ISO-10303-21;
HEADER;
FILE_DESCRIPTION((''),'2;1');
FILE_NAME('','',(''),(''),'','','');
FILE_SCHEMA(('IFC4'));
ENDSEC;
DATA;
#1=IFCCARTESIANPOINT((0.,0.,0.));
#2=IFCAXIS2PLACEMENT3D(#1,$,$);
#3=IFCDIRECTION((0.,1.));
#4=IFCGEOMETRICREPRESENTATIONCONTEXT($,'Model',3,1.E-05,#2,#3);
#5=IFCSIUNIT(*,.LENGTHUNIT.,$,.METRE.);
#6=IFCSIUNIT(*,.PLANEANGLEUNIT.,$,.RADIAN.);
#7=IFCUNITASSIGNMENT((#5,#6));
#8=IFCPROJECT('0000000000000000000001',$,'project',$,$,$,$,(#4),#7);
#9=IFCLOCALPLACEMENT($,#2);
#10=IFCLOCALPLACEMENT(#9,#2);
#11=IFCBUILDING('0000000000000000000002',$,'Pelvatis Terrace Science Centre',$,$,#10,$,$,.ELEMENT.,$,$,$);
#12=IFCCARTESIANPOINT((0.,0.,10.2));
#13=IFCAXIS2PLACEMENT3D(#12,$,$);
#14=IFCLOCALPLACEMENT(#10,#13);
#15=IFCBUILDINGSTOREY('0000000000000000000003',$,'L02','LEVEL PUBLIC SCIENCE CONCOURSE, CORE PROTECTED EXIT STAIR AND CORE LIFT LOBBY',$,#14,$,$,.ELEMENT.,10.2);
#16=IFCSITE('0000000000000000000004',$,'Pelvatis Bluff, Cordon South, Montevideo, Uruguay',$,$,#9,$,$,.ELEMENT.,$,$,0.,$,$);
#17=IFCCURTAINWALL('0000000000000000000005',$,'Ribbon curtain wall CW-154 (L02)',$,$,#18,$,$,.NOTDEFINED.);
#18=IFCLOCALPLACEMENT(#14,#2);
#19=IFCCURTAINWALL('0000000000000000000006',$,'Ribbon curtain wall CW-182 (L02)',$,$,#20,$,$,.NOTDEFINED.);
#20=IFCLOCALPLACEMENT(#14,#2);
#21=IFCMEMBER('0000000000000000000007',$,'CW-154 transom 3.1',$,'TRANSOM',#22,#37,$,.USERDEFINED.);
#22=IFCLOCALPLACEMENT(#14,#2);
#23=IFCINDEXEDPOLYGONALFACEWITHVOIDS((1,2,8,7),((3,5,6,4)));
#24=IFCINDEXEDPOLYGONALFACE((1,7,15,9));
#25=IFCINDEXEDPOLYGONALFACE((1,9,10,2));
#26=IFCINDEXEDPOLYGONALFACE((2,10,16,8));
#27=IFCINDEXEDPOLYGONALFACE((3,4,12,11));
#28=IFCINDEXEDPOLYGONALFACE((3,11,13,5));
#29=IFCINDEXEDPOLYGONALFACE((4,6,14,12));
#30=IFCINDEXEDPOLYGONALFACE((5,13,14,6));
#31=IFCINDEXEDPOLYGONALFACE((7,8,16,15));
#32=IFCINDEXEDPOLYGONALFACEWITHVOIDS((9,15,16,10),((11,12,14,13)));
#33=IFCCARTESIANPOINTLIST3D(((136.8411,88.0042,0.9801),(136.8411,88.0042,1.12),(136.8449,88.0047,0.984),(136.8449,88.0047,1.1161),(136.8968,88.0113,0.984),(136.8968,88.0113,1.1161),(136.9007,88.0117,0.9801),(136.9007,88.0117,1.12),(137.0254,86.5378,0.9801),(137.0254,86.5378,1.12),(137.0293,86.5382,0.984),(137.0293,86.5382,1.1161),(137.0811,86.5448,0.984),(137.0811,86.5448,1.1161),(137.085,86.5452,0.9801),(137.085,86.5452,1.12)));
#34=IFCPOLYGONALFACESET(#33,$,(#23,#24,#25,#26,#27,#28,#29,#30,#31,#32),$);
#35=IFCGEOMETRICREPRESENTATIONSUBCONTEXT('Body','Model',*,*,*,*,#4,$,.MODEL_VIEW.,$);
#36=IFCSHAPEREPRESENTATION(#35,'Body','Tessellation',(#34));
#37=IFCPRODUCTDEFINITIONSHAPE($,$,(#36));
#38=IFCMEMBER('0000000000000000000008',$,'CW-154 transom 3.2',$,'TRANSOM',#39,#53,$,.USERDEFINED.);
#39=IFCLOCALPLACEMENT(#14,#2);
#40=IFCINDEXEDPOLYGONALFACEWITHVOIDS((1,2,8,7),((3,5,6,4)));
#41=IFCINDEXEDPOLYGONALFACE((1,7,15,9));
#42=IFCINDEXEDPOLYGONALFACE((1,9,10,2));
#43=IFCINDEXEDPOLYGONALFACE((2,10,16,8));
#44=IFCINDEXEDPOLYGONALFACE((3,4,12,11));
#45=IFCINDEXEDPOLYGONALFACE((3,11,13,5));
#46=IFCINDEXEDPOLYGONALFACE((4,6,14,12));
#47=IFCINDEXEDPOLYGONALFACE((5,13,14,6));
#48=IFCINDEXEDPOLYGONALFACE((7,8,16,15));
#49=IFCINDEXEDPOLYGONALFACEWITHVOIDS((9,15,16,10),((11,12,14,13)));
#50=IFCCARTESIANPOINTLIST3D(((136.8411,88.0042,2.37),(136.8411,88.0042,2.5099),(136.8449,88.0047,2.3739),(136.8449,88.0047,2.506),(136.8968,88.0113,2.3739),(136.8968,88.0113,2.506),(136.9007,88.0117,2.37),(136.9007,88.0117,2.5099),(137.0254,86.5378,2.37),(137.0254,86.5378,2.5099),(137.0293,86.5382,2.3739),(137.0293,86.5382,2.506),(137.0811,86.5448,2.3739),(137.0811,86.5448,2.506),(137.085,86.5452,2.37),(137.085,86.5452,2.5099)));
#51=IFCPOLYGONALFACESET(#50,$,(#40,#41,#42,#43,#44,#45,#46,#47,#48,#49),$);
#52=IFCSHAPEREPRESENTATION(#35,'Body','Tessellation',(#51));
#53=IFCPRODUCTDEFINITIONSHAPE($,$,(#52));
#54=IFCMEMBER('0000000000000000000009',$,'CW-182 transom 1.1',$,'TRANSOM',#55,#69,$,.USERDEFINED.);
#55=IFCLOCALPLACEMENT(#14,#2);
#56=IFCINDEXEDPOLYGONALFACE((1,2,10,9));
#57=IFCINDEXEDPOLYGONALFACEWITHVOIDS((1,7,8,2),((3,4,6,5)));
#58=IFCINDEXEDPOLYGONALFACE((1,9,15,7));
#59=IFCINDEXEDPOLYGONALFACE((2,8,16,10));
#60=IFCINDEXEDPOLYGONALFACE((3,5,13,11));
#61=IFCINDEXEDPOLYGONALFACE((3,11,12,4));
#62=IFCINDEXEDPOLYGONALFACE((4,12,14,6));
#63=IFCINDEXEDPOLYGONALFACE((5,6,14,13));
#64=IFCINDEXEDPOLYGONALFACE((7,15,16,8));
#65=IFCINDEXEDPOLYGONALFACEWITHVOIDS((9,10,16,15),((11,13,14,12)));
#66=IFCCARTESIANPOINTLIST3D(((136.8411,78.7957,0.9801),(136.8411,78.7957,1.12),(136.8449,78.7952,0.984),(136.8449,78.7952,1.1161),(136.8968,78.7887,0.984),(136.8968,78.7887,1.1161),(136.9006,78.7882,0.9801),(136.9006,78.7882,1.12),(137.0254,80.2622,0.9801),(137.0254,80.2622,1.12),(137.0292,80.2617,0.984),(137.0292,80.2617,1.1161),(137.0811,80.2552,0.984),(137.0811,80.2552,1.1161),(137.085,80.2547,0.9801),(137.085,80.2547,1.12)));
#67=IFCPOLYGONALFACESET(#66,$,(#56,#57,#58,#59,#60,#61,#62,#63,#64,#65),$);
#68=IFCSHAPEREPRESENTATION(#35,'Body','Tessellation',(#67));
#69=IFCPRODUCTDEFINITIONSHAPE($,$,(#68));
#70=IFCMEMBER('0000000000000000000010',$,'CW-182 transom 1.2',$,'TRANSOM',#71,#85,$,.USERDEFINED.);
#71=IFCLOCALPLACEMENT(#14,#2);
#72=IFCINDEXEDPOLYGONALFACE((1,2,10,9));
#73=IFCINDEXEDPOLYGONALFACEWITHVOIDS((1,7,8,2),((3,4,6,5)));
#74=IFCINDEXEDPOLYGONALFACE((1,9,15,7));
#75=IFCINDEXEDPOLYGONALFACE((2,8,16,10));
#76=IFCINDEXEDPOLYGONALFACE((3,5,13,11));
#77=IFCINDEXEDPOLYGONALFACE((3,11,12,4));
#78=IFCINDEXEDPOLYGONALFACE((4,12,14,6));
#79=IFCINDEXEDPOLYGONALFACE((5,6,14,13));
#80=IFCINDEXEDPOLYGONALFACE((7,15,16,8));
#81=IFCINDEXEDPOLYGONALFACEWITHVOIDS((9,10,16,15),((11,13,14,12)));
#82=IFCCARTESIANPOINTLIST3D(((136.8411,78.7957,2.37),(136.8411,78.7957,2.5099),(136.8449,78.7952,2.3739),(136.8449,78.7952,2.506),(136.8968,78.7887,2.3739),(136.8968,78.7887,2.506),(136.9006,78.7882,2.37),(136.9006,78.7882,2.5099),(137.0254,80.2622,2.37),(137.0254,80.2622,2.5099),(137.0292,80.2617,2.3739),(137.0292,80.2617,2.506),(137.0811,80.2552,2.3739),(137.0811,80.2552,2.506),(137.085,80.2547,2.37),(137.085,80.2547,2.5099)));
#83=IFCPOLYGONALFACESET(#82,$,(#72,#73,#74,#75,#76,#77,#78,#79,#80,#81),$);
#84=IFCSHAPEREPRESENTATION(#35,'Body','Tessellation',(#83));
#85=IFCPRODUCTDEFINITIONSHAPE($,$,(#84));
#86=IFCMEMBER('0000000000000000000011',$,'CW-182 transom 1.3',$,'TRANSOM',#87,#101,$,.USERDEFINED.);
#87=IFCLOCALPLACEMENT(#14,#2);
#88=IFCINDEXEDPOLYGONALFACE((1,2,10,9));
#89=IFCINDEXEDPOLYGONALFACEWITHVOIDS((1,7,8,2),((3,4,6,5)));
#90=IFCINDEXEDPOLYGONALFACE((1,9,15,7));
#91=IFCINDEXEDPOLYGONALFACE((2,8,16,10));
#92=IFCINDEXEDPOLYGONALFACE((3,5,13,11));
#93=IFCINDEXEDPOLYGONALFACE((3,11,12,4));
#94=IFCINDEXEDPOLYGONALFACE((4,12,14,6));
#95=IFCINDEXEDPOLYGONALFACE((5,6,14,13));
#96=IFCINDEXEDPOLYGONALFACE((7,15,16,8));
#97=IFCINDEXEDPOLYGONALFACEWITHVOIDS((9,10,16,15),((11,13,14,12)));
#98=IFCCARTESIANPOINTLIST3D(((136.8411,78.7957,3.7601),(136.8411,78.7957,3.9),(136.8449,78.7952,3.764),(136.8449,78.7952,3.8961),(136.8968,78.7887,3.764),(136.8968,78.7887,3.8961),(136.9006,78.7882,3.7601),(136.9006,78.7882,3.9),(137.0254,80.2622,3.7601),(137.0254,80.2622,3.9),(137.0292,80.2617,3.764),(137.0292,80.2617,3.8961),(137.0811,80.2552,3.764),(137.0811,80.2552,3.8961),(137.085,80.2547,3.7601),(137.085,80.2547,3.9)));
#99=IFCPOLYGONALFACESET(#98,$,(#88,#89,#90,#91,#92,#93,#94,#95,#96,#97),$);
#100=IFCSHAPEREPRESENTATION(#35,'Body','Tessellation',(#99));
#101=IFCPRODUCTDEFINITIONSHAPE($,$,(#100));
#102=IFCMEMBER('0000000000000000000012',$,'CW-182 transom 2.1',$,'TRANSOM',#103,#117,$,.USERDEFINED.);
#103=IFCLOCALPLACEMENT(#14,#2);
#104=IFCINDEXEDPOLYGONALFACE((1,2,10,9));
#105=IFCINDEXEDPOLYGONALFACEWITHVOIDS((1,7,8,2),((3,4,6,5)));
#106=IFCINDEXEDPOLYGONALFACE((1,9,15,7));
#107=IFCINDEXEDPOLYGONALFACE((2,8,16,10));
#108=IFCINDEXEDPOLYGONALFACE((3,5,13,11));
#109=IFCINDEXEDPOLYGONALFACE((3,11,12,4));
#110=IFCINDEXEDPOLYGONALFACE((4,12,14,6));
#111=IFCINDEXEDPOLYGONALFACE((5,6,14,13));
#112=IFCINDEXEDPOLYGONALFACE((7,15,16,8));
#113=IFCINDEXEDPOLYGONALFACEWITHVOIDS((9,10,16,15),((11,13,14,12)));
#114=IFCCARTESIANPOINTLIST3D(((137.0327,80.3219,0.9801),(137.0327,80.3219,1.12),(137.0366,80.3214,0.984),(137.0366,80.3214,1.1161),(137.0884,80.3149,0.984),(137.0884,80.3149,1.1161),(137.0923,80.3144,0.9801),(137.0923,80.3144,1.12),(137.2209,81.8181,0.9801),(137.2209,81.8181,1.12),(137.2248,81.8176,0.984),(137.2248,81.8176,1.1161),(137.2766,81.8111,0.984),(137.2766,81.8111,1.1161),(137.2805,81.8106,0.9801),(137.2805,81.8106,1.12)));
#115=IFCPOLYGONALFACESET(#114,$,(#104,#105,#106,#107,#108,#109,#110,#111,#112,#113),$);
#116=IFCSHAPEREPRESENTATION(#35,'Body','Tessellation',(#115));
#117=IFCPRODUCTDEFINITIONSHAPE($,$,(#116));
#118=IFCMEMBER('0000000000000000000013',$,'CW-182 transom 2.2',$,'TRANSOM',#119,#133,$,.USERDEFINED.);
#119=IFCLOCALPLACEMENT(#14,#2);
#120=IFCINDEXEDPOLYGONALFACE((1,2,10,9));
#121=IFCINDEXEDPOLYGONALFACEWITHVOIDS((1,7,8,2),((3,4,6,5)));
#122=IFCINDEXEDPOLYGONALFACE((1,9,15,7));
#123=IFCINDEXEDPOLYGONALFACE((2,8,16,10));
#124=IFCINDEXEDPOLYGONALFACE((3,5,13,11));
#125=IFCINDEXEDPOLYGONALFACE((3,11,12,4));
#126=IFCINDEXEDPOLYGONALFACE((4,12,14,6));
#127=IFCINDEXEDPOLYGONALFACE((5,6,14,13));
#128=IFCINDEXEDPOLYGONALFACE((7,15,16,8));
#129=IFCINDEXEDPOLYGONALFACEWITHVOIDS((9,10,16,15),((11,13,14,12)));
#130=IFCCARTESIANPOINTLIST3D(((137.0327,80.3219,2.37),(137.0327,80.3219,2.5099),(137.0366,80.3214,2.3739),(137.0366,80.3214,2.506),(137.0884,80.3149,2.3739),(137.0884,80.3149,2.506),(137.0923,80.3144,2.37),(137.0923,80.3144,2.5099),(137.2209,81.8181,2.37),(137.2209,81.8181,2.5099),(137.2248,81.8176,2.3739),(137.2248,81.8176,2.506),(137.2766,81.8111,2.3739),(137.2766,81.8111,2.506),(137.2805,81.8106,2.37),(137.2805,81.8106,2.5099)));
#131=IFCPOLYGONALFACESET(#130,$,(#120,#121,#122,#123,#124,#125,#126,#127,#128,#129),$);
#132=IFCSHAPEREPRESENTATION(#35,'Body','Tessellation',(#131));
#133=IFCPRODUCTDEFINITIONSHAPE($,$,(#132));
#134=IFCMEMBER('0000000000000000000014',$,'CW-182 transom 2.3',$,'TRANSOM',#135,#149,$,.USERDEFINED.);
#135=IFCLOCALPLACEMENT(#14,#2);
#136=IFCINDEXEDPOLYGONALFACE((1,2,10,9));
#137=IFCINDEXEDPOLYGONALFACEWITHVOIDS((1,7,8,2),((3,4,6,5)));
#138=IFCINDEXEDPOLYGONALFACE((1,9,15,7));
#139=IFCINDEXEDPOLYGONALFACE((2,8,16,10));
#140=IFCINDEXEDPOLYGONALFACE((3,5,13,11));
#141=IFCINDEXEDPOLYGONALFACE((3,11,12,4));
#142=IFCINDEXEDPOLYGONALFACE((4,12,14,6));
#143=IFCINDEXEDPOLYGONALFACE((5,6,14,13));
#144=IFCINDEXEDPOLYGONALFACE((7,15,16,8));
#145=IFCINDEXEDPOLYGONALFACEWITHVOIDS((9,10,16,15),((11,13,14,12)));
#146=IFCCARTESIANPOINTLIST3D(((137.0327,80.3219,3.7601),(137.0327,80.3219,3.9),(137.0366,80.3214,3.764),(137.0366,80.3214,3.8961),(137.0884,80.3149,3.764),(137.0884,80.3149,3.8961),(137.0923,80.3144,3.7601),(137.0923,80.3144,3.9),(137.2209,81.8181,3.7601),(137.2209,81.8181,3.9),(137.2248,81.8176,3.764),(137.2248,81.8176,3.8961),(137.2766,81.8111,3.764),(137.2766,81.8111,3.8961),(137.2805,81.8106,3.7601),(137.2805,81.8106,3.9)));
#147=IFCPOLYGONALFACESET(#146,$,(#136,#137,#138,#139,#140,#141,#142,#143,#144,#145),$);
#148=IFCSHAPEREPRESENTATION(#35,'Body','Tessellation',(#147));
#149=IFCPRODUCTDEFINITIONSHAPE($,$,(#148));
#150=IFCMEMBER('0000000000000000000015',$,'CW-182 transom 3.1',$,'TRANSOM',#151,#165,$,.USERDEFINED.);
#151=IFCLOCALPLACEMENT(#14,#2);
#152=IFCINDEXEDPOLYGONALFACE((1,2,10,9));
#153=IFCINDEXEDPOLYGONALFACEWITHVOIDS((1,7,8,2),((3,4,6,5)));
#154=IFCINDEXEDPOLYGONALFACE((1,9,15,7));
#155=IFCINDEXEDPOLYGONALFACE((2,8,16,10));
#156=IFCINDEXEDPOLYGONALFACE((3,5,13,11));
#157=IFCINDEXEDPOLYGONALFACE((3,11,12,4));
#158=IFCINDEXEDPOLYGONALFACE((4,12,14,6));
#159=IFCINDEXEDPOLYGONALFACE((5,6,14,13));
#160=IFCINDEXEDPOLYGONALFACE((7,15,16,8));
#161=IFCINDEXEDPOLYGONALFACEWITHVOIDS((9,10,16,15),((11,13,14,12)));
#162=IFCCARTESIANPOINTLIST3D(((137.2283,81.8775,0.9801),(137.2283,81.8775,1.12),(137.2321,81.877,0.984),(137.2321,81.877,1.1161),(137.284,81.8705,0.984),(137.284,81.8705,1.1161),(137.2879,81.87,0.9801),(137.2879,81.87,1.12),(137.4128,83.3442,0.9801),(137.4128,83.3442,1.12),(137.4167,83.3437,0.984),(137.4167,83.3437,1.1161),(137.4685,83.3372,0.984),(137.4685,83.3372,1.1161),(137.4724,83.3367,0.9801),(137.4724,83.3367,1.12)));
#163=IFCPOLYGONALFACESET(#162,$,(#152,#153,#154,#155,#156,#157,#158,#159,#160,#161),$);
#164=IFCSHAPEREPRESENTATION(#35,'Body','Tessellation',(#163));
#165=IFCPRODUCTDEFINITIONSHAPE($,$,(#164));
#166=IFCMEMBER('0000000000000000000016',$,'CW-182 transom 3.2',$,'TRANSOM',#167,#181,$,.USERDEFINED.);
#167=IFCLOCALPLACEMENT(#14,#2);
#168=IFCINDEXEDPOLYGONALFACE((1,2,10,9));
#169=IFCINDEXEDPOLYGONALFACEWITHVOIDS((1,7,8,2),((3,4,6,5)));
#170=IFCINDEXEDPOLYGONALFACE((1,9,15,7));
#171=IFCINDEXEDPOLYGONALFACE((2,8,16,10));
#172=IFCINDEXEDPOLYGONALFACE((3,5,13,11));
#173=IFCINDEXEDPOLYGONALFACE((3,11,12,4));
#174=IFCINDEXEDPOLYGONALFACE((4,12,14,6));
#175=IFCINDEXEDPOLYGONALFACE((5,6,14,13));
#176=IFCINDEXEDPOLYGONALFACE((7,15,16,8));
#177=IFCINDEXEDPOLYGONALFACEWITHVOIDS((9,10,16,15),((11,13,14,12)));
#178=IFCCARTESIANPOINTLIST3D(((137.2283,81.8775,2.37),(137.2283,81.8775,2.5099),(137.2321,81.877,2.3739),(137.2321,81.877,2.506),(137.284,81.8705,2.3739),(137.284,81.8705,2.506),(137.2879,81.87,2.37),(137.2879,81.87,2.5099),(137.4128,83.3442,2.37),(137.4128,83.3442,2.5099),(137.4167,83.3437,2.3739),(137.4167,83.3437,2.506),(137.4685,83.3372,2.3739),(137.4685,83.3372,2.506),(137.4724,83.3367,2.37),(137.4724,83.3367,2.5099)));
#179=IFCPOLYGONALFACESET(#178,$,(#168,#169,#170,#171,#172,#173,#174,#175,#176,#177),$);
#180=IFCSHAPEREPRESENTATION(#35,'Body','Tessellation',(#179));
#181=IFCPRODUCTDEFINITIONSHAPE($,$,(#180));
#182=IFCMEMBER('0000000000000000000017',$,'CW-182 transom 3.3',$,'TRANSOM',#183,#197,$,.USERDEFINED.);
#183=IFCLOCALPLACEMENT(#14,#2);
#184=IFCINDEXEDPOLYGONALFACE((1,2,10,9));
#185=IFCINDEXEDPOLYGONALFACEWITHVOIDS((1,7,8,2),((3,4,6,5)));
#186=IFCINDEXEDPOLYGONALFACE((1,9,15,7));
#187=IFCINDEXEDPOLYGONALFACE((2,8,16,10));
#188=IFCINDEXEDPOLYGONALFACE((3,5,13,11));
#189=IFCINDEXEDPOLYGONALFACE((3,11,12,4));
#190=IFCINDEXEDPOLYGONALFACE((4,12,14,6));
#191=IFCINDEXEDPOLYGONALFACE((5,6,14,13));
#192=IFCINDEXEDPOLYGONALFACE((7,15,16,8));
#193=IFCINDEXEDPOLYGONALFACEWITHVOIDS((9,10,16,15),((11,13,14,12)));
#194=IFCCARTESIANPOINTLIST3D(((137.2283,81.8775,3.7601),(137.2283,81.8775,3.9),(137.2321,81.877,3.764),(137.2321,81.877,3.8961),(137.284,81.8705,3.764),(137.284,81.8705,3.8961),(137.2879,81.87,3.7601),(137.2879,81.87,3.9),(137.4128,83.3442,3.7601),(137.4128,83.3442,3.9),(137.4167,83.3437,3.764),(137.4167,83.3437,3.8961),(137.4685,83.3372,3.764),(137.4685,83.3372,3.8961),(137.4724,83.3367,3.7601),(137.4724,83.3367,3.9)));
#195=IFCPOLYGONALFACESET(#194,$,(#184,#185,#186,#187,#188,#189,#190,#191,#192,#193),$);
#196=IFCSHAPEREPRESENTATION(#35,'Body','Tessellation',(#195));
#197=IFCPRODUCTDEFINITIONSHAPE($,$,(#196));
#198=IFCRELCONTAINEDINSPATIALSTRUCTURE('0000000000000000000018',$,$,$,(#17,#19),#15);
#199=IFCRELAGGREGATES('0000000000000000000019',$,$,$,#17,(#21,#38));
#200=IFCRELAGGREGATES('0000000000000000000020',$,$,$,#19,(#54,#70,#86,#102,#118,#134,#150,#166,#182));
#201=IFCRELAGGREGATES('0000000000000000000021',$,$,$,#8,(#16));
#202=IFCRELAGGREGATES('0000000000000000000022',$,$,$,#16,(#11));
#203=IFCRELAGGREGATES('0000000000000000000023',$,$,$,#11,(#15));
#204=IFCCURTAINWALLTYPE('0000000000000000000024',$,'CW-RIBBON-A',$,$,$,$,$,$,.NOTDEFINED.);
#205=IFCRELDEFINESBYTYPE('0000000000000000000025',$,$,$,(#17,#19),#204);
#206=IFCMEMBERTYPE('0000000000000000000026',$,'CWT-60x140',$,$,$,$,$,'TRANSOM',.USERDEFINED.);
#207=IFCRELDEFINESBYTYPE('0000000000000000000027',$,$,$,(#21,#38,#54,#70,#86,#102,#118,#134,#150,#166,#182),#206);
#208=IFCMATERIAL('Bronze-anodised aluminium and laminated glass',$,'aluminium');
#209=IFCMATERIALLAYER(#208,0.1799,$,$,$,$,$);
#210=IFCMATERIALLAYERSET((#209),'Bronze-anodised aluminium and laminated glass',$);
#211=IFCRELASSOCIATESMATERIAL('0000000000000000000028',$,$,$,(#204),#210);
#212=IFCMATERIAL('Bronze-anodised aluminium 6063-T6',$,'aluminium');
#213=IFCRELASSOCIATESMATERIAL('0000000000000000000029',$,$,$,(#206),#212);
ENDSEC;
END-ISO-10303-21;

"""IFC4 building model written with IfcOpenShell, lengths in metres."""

from ifc_helpers import new_model, si_unit, direction, frame, origin, origin_2d, place, context, subcontext, project, spatial, hollow_rectangle, extrude, material, layer, layer_set, material_profile, profile_set, type_object, element, aggregate, save


model = new_model("IFC4")

# Units and contexts
model_context = context("Model", 3, precision=1e-05, world=origin(), true_north=direction((0.0, 1.0)))
body_context = subcontext(model_context, "Body", "Model", "MODEL_VIEW")
ifc_project = project(units=[si_unit("LENGTHUNIT", "METRE"), si_unit("PLANEANGLEUNIT", "RADIAN")], contexts=[model_context])

# Site, building, storey
site_placement = place(None, origin())
site = spatial("IfcSite", under=ifc_project, at=site_placement, Name="Pelvatis Bluff, Cordon South, Montevideo, Uruguay", CompositionType="ELEMENT", RefElevation=0.0)
building_placement = place(site_placement, origin())
building = spatial("IfcBuilding", under=site, at=building_placement, Name="Pelvatis Terrace Science Centre", CompositionType="ELEMENT")
storey_placement = place(building_placement, frame((0.0, 0.0, 10.2)))
storey = spatial("IfcBuildingStorey", under=building, at=storey_placement, Name="L02", Description="LEVEL PUBLIC SCIENCE CONCOURSE, CORE PROTECTED EXIT STAIR AND CORE LIFT LOBBY", CompositionType="ELEMENT", Elevation=10.2)

# Curtain wall
ifc_material_1 = material(Name="Bronze-anodised aluminium and laminated glass", Category="aluminium")
ifc_layer_1 = layer(ifc_material_1, 0.1799)
ifc_layer_set_1 = layer_set([ifc_layer_1], Name="Bronze-anodised aluminium and laminated glass")
curtain_wall_type = type_object("IfcCurtainWallType", Name="CW-RIBBON-A", PredefinedType="NOTDEFINED", material=ifc_layer_set_1)
curtain_wall_1_placement = place(storey_placement, origin())
curtain_wall_1 = element("IfcCurtainWall", 1, at=curtain_wall_1_placement, inside=storey, type_object=curtain_wall_type, Name="Ribbon curtain wall CW-154 (L02)", PredefinedType="NOTDEFINED")

# Curtain wall
curtain_wall_2_placement = place(storey_placement, origin())
curtain_wall_2 = element("IfcCurtainWall", 2, at=curtain_wall_2_placement, inside=storey, type_object=curtain_wall_type, Name="Ribbon curtain wall CW-182 (L02)", PredefinedType="NOTDEFINED")

# Members
ifc_material_2 = material(Name="Bronze-anodised aluminium 6063-T6", Category="aluminium")
ifc_material_profile_1 = material_profile(ifc_material_2, hollow_rectangle(XDim=0.0601, YDim=0.1399, WallThickness=0.0039, at=origin_2d()), Name="ALU-TRN 60x140")
ifc_profile_set_1 = profile_set([ifc_material_profile_1], Name="Bronze-anodised aluminium 6063-T6")
member_type_1 = type_object("IfcMemberType", Name="CWT-60x140", ElementType="TRANSOM", PredefinedType="USERDEFINED", material=ifc_profile_set_1)
member_1_placement = place(storey_placement, frame((137.0552, 86.5415, 1.05), z_axis=(-0.124706, 0.992194, 0.0), x_axis=(-0.992194, -0.124706, 0.0)))
member_1 = element("IfcMember", 3, at=member_1_placement, type_object=member_type_1, Name="CW-154 transom 3.1", ObjectType="TRANSOM", PredefinedType="USERDEFINED", context=body_context, shape_type="SweptSolid", body=[
    extrude(hollow_rectangle(XDim=0.0601, YDim=0.1399, WallThickness=0.0039, at=origin_2d()), origin(), (0.0, 0.0, 1.0), 1.478),
])
member_2_placement = place(storey_placement, frame((137.0552, 86.5415, 2.4399), z_axis=(-0.124706, 0.992194, 0.0), x_axis=(-0.992194, -0.124706, 0.0)))
member_2 = element("IfcMember", 4, at=member_2_placement, type_object=member_type_1, Name="CW-154 transom 3.2", ObjectType="TRANSOM", PredefinedType="USERDEFINED", context=body_context, shape_type="SweptSolid", body=[
    extrude(hollow_rectangle(XDim=0.0601, YDim=0.1399, WallThickness=0.0039, at=origin_2d()), origin(), (0.0, 0.0, 1.0), 1.478),
])
member_3_placement = place(storey_placement, frame((136.8708, 78.792, 1.05), z_axis=(0.124706, 0.992194, 0.0), x_axis=(-0.992194, 0.124706, 0.0)))
member_3 = element("IfcMember", 5, at=member_3_placement, type_object=member_type_1, Name="CW-182 transom 1.1", ObjectType="TRANSOM", PredefinedType="USERDEFINED", context=body_context, shape_type="SweptSolid", body=[
    extrude(hollow_rectangle(XDim=0.0601, YDim=0.1399, WallThickness=0.0039, at=origin_2d()), origin(), (0.0, 0.0, 1.0), 1.478),
])
member_4_placement = place(storey_placement, frame((136.8708, 78.792, 2.4399), z_axis=(0.124706, 0.992194, 0.0), x_axis=(-0.992194, 0.124706, 0.0)))
member_4 = element("IfcMember", 6, at=member_4_placement, type_object=member_type_1, Name="CW-182 transom 1.2", ObjectType="TRANSOM", PredefinedType="USERDEFINED", context=body_context, shape_type="SweptSolid", body=[
    extrude(hollow_rectangle(XDim=0.0601, YDim=0.1399, WallThickness=0.0039, at=origin_2d()), origin(), (0.0, 0.0, 1.0), 1.478),
])
member_5_placement = place(storey_placement, frame((136.8708, 78.792, 3.8301), z_axis=(0.124706, 0.992194, 0.0), x_axis=(-0.992194, 0.124706, 0.0)))
member_5 = element("IfcMember", 7, at=member_5_placement, type_object=member_type_1, Name="CW-182 transom 1.3", ObjectType="TRANSOM", PredefinedType="USERDEFINED", context=body_context, shape_type="SweptSolid", body=[
    extrude(hollow_rectangle(XDim=0.0601, YDim=0.1399, WallThickness=0.0039, at=origin_2d()), origin(), (0.0, 0.0, 1.0), 1.478),
])
member_6_placement = place(storey_placement, frame((137.0625, 80.3181, 1.05), z_axis=(0.124812, 0.99218, 0.0), x_axis=(-0.99218, 0.124812, 0.0)))
member_6 = element("IfcMember", 8, at=member_6_placement, type_object=member_type_1, Name="CW-182 transom 2.1", ObjectType="TRANSOM", PredefinedType="USERDEFINED", context=body_context, shape_type="SweptSolid", body=[
    extrude(hollow_rectangle(XDim=0.0601, YDim=0.1399, WallThickness=0.0039, at=origin_2d()), origin(), (0.0, 0.0, 1.0), 1.5081),
])
member_7_placement = place(storey_placement, frame((137.0625, 80.3181, 2.4399), z_axis=(0.124812, 0.99218, 0.0), x_axis=(-0.99218, 0.124812, 0.0)))
member_7 = element("IfcMember", 9, at=member_7_placement, type_object=member_type_1, Name="CW-182 transom 2.2", ObjectType="TRANSOM", PredefinedType="USERDEFINED", context=body_context, shape_type="SweptSolid", body=[
    extrude(hollow_rectangle(XDim=0.0601, YDim=0.1399, WallThickness=0.0039, at=origin_2d()), origin(), (0.0, 0.0, 1.0), 1.5081),
])
member_8_placement = place(storey_placement, frame((137.0625, 80.3181, 3.8301), z_axis=(0.124812, 0.99218, 0.0), x_axis=(-0.99218, 0.124812, 0.0)))
member_8 = element("IfcMember", 10, at=member_8_placement, type_object=member_type_1, Name="CW-182 transom 2.3", ObjectType="TRANSOM", PredefinedType="USERDEFINED", context=body_context, shape_type="SweptSolid", body=[
    extrude(hollow_rectangle(XDim=0.0601, YDim=0.1399, WallThickness=0.0039, at=origin_2d()), origin(), (0.0, 0.0, 1.0), 1.5081),
])
member_9_placement = place(storey_placement, frame((137.2581, 81.8738, 1.05), z_axis=(0.124848, 0.992176, 0.0), x_axis=(-0.992176, 0.124848, 0.0)))
member_9 = element("IfcMember", 11, at=member_9_placement, type_object=member_type_1, Name="CW-182 transom 3.1", ObjectType="TRANSOM", PredefinedType="USERDEFINED", context=body_context, shape_type="SweptSolid", body=[
    extrude(hollow_rectangle(XDim=0.0601, YDim=0.1399, WallThickness=0.0039, at=origin_2d()), origin(), (0.0, 0.0, 1.0), 1.4783),
])
member_10_placement = place(storey_placement, frame((137.2581, 81.8738, 2.4399), z_axis=(0.124848, 0.992176, 0.0), x_axis=(-0.992176, 0.124848, 0.0)))
member_10 = element("IfcMember", 12, at=member_10_placement, type_object=member_type_1, Name="CW-182 transom 3.2", ObjectType="TRANSOM", PredefinedType="USERDEFINED", context=body_context, shape_type="SweptSolid", body=[
    extrude(hollow_rectangle(XDim=0.0601, YDim=0.1399, WallThickness=0.0039, at=origin_2d()), origin(), (0.0, 0.0, 1.0), 1.4783),
])
member_11_placement = place(storey_placement, frame((137.2581, 81.8738, 3.8301), z_axis=(0.124848, 0.992176, 0.0), x_axis=(-0.992176, 0.124848, 0.0)))
member_11 = element("IfcMember", 13, at=member_11_placement, type_object=member_type_1, Name="CW-182 transom 3.3", ObjectType="TRANSOM", PredefinedType="USERDEFINED", context=body_context, shape_type="SweptSolid", body=[
    extrude(hollow_rectangle(XDim=0.0601, YDim=0.1399, WallThickness=0.0039, at=origin_2d()), origin(), (0.0, 0.0, 1.0), 1.4783),
])

aggregate(curtain_wall_1, [member_1, member_2])
aggregate(curtain_wall_2, [member_3, member_4, member_5, member_6, member_7, member_8, member_9, member_10, member_11])

save(model, "model.ifc")
